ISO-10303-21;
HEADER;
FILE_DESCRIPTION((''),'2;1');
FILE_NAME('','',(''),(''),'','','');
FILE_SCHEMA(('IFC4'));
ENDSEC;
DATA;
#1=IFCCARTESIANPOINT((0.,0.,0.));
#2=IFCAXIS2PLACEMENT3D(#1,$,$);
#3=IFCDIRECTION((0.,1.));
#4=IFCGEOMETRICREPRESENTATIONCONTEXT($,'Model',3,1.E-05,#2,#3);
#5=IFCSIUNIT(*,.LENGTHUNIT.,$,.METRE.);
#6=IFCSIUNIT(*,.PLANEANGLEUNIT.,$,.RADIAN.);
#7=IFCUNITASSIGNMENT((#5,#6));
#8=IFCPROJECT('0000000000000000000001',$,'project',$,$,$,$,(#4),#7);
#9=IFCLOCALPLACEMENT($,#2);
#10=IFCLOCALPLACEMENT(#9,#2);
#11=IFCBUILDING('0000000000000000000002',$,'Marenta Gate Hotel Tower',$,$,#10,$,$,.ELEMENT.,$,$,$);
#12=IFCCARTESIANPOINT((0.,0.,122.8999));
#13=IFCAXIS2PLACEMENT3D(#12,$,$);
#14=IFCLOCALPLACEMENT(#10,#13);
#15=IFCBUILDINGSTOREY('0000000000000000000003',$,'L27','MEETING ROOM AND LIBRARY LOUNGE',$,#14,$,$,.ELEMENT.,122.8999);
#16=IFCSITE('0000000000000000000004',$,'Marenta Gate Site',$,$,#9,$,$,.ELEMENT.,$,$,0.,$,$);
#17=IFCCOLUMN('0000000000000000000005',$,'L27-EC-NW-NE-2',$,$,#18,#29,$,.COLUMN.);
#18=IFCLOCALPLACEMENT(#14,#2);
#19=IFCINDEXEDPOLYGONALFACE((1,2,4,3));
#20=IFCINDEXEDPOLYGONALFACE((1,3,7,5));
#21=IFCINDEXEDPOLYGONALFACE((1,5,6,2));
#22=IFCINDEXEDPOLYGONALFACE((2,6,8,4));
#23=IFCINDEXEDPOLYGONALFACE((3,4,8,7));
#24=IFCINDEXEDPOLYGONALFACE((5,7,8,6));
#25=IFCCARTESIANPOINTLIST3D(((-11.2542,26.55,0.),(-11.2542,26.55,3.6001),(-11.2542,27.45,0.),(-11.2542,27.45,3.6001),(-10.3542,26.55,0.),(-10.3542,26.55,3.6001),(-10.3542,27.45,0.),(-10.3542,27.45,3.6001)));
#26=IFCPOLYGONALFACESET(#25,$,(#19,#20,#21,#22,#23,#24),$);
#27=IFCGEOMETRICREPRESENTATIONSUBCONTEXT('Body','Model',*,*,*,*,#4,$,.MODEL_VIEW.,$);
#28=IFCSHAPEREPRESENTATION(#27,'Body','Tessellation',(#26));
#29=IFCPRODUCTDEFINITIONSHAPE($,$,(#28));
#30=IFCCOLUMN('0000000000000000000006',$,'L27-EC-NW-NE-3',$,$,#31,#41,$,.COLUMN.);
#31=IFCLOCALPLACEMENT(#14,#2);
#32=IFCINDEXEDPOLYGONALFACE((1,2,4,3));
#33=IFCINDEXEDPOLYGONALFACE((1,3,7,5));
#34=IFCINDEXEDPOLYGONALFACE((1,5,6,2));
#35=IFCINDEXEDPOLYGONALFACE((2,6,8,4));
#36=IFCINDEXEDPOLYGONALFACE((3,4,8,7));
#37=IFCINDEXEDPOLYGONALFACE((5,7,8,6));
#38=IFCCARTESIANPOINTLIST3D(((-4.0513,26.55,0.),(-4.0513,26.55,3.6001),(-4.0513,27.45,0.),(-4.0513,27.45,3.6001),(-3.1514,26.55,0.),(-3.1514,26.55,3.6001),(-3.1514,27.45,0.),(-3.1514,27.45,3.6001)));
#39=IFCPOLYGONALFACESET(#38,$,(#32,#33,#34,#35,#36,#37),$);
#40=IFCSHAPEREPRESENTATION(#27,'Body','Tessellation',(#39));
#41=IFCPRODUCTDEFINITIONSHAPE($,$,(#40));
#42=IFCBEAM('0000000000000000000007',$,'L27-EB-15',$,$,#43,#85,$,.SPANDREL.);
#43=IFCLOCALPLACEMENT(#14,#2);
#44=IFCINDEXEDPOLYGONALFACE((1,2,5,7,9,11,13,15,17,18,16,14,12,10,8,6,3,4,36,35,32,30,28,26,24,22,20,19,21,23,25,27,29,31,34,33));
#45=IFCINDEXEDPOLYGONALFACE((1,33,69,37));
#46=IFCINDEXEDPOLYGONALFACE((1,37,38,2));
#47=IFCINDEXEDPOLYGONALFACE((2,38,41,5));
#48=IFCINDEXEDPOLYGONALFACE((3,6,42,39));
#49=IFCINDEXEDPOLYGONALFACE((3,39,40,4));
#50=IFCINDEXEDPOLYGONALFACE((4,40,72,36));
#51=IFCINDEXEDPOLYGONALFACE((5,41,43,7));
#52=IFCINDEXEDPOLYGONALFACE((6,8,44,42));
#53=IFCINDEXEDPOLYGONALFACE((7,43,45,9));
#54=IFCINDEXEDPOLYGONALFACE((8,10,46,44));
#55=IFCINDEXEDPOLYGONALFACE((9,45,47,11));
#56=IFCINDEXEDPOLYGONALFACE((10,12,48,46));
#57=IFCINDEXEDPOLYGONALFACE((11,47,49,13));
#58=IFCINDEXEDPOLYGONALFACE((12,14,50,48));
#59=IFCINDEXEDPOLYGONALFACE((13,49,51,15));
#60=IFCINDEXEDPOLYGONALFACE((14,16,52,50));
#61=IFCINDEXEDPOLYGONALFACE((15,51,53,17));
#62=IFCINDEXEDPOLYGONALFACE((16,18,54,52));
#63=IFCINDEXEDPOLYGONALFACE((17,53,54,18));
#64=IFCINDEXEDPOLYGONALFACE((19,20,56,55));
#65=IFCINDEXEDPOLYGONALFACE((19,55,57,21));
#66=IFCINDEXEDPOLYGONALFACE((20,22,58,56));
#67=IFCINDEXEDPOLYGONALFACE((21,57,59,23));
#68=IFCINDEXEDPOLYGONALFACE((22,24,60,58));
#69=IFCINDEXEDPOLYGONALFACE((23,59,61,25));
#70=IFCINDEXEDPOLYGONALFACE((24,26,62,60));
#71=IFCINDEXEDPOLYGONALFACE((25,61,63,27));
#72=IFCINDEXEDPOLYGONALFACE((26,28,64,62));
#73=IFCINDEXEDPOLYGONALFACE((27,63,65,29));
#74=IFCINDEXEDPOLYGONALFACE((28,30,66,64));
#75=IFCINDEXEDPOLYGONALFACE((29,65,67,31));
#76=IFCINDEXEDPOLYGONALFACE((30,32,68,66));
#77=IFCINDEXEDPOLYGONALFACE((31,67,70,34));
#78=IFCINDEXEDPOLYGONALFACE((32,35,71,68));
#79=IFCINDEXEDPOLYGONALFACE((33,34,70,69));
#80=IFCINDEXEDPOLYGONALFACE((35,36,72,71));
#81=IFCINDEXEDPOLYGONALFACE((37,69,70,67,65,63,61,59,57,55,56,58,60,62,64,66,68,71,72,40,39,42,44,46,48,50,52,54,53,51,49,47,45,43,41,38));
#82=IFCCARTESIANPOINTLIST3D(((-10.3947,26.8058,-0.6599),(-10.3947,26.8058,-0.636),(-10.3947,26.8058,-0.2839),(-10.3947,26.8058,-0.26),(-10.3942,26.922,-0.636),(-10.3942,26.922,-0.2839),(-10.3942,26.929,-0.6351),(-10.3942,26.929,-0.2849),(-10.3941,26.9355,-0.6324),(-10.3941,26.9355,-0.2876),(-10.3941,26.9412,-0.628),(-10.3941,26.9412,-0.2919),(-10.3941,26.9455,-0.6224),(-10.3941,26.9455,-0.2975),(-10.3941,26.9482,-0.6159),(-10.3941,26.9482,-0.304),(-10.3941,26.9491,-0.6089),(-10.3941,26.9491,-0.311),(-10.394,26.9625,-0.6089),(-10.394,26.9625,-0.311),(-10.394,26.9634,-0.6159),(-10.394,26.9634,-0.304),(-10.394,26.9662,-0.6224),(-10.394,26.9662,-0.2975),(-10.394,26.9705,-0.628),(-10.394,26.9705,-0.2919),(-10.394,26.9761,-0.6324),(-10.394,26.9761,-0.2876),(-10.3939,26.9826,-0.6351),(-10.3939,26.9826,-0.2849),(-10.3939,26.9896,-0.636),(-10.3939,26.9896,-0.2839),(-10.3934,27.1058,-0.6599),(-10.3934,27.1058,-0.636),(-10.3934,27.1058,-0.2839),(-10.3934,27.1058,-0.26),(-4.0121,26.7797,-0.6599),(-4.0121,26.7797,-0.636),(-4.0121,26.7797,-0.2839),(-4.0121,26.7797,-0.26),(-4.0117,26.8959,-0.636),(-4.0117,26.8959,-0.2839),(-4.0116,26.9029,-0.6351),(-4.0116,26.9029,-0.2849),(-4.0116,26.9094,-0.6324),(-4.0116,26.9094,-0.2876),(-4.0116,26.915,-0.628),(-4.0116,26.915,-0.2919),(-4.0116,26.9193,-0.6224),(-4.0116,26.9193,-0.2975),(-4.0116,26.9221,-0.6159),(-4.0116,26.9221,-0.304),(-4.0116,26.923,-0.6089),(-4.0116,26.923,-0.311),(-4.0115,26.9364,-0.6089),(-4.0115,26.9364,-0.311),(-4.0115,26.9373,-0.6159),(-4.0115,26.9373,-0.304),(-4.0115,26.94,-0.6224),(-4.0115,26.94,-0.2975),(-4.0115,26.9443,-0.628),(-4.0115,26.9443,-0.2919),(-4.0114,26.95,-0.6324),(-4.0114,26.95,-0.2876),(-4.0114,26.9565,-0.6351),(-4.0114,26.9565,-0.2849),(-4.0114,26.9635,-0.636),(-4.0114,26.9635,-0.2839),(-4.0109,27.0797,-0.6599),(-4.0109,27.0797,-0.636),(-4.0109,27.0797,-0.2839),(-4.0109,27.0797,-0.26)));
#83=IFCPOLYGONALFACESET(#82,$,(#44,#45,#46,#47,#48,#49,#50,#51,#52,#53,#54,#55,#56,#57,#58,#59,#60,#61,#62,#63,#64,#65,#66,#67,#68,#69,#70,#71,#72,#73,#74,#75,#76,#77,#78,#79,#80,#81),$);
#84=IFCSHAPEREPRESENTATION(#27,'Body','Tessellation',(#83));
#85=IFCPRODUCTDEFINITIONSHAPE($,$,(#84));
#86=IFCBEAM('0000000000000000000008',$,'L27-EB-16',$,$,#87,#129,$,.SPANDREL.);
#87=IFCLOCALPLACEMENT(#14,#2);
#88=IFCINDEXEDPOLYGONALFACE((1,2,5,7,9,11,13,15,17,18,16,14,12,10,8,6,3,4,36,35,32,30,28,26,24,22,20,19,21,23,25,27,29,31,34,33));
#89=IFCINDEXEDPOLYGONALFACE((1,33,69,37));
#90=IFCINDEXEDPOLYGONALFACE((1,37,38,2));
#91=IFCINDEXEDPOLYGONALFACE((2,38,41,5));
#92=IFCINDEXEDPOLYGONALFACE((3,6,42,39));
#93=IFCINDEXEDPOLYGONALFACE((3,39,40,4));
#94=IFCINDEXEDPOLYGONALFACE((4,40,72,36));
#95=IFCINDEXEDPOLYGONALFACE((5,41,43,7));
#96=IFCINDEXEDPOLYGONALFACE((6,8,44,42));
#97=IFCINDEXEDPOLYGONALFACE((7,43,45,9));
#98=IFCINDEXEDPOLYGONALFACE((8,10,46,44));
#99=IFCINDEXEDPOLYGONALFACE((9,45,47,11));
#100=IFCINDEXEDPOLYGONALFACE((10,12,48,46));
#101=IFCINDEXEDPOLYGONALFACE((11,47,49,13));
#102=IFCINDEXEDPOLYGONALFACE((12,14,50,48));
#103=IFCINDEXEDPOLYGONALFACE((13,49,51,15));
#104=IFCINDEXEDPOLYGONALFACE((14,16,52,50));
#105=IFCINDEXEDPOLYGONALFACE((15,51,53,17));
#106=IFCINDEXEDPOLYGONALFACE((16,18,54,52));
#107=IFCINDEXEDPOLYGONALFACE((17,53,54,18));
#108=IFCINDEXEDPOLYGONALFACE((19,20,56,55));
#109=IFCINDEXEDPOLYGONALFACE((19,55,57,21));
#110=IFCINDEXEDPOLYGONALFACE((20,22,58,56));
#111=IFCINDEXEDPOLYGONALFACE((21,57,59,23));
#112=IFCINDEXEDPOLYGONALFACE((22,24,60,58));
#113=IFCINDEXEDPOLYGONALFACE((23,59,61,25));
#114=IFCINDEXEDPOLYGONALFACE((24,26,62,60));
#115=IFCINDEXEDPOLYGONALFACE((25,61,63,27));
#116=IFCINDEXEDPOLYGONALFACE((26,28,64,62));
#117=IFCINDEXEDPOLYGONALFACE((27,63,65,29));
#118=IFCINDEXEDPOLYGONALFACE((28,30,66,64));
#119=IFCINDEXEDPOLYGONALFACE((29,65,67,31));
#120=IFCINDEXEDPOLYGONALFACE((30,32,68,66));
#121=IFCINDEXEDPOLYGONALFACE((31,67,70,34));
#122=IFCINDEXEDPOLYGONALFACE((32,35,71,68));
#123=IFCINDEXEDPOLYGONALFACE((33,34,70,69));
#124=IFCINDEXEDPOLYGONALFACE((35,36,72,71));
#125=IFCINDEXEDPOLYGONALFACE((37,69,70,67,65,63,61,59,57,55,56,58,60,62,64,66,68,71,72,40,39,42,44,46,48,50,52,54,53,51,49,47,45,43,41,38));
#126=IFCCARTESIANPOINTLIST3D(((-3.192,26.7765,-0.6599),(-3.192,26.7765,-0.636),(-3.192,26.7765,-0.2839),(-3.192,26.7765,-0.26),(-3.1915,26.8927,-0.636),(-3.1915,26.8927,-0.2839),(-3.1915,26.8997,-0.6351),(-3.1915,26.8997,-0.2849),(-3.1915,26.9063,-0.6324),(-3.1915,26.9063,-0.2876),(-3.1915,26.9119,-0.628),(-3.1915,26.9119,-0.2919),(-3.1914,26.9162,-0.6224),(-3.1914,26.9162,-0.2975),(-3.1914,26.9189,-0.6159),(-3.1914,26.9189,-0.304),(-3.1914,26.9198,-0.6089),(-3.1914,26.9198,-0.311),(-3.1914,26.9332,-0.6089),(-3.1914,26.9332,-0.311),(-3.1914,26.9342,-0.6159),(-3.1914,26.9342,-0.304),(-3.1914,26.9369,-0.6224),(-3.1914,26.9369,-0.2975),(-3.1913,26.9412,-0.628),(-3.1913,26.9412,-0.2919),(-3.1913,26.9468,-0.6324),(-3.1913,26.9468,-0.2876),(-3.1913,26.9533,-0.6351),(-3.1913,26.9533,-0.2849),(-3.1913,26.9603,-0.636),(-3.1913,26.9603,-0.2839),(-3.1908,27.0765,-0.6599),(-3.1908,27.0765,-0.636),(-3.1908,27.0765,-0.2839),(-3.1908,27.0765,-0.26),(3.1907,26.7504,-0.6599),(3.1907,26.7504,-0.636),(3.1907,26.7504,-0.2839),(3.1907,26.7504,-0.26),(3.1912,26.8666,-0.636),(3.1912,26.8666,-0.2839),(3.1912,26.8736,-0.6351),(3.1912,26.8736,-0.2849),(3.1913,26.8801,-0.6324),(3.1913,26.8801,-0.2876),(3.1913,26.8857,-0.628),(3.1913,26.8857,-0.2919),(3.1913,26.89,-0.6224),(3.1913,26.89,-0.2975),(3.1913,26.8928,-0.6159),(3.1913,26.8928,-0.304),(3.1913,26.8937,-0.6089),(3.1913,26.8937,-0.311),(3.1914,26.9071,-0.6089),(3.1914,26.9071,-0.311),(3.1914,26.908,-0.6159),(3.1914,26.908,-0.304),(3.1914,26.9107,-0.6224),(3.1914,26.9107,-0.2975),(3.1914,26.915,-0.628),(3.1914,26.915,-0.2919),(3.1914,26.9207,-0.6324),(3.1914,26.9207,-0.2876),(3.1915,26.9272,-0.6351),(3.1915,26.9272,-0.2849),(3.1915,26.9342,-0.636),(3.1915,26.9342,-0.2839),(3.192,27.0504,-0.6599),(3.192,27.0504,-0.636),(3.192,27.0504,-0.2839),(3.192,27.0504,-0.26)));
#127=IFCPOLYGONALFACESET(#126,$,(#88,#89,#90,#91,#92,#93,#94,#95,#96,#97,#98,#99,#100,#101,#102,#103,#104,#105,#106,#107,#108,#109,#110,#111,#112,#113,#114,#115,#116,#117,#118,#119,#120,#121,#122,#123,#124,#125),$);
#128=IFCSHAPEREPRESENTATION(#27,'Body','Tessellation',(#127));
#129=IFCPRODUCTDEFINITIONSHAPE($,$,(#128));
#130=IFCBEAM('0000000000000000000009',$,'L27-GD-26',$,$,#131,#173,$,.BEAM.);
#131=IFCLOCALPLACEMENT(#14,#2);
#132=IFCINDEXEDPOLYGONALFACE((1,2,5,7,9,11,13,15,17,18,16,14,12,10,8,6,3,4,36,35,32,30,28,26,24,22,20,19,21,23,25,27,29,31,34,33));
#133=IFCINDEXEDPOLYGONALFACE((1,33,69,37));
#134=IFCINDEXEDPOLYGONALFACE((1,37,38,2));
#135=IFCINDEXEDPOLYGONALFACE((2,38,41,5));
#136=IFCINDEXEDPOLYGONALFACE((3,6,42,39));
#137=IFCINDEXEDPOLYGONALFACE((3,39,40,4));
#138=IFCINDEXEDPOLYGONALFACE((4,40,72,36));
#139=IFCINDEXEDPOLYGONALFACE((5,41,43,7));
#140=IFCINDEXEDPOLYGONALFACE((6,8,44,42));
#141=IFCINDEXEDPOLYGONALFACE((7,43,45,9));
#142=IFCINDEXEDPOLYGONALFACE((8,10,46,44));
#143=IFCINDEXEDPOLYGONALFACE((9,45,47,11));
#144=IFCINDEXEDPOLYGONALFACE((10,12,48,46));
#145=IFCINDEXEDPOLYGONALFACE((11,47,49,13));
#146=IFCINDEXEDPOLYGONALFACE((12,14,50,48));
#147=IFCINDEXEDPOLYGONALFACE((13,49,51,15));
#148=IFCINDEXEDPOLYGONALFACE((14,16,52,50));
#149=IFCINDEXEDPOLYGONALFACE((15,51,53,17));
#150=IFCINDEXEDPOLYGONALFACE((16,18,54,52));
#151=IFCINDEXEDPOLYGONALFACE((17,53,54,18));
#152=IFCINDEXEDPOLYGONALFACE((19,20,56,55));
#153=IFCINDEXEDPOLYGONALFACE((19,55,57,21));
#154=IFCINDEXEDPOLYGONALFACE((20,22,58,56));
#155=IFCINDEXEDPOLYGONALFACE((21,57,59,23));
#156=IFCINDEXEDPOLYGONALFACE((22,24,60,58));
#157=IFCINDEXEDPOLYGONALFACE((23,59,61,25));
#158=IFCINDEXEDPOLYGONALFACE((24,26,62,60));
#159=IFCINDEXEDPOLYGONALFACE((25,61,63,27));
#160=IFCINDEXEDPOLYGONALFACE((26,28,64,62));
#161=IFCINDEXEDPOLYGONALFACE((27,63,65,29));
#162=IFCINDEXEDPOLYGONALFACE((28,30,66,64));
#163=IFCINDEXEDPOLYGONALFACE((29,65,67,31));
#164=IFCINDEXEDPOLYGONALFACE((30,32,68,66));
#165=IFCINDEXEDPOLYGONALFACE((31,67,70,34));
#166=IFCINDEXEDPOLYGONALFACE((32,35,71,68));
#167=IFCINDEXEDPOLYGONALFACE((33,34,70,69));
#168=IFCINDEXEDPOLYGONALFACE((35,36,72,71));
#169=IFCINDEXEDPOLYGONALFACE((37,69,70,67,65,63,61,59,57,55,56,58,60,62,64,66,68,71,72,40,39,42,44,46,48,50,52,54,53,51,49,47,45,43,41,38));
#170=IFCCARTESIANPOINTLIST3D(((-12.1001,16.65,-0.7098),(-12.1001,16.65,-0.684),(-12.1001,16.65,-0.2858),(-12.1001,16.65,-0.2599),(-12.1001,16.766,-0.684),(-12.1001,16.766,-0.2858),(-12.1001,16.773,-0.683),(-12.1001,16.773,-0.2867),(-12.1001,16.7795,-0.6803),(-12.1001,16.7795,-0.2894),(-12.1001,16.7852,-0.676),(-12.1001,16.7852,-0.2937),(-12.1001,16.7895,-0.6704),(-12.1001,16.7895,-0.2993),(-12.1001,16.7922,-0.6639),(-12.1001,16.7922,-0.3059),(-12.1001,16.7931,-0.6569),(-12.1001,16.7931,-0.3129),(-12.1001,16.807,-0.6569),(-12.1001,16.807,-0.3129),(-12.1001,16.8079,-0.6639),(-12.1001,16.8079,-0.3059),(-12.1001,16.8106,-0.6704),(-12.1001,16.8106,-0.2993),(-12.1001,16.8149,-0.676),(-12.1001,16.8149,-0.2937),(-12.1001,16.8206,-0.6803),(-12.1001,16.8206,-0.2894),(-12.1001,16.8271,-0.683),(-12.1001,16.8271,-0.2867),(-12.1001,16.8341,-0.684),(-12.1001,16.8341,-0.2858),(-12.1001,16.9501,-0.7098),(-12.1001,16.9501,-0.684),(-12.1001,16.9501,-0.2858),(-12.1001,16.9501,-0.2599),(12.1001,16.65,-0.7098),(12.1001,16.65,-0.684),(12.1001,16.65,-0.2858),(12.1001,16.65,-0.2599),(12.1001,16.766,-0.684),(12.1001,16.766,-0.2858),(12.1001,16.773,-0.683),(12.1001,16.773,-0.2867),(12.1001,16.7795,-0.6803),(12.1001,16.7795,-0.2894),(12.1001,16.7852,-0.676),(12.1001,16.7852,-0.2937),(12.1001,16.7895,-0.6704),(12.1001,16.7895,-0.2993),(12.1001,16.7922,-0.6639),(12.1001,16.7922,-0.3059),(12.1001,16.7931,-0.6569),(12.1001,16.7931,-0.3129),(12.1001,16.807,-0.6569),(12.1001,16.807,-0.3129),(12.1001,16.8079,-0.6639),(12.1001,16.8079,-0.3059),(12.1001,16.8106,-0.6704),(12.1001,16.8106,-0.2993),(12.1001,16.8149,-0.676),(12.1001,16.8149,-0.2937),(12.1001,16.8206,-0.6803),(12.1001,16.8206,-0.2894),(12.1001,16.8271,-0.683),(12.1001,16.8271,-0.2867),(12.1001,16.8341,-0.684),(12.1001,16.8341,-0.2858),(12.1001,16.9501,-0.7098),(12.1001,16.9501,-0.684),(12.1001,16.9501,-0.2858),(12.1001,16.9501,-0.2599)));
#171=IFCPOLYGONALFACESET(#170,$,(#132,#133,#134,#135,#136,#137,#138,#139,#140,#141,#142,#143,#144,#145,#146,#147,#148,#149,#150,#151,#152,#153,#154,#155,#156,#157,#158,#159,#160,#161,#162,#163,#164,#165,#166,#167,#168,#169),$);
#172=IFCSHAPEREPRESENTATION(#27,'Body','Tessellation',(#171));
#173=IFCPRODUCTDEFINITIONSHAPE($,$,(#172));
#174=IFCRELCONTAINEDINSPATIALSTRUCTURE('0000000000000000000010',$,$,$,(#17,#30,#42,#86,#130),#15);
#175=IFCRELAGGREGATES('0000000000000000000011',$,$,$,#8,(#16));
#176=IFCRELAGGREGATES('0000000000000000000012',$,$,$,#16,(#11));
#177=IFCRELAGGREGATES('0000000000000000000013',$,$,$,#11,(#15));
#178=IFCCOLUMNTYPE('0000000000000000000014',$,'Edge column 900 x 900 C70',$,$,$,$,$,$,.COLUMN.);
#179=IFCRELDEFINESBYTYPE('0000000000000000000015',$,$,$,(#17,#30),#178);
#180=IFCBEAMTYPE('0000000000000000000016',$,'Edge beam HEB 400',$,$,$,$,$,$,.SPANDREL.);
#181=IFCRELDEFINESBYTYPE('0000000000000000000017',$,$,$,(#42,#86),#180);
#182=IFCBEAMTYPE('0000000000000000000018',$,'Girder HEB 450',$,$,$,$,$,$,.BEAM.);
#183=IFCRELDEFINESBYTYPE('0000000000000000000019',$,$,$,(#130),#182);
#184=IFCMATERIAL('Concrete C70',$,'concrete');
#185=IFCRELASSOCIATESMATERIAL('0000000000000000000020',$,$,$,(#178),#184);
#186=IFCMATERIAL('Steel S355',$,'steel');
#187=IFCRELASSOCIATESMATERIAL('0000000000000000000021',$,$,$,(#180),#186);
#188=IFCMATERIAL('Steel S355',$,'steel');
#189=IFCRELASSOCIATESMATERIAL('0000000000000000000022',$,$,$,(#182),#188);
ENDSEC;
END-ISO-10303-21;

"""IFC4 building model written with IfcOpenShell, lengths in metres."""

from ifc_helpers import new_model, si_unit, direction, frame, origin, origin_2d, place, context, subcontext, project, spatial, rectangle, i_section, extrude, material, material_profile, profile_set, type_object, element, save


model = new_model("IFC4")

# Units and contexts
model_context = context("Model", 3, precision=1e-05, world=origin(), true_north=direction((0.0, 1.0)))
body_context = subcontext(model_context, "Body", "Model", "MODEL_VIEW")
ifc_project = project(units=[si_unit("LENGTHUNIT", "METRE"), si_unit("PLANEANGLEUNIT", "RADIAN")], contexts=[model_context])

# Site, building, storey
site_placement = place(None, origin())
site = spatial("IfcSite", under=ifc_project, at=site_placement, Name="Marenta Gate Site", CompositionType="ELEMENT", RefElevation=0.0)
building_placement = place(site_placement, origin())
building = spatial("IfcBuilding", under=site, at=building_placement, Name="Marenta Gate Hotel Tower", CompositionType="ELEMENT")
storey_placement = place(building_placement, frame((0.0, 0.0, 122.8999)))
storey = spatial("IfcBuildingStorey", under=building, at=storey_placement, Name="L27", Description="MEETING ROOM AND LIBRARY LOUNGE", CompositionType="ELEMENT", Elevation=122.8999)

# Columns
ifc_material_1 = material(Name="Concrete C70", Category="concrete")
ifc_material_profile_1 = material_profile(ifc_material_1, rectangle(XDim=0.8999, YDim=0.8999, at=origin_2d()), Name="900 x 900")
ifc_profile_set_1 = profile_set([ifc_material_profile_1], Name="Concrete C70")
column_type = type_object("IfcColumnType", Name="Edge column 900 x 900 C70", PredefinedType="COLUMN", material=ifc_profile_set_1)
for number, where, z_axis, x_axis, name in (
    (1, (-10.8042, 27.0, 0.0), (0.0, 0.0, 1.0), (1.0, 0.0, 0.0), "L27-EC-NW-NE-2"),
    (2, (-3.6013, 27.0, 0.0), (0.0, 0.0, 1.0), (1.0, 0.0, 0.0), "L27-EC-NW-NE-3"),
):
    element("IfcColumn", number, at=place(storey_placement, frame(where, z_axis=z_axis, x_axis=x_axis)), inside=storey, type_object=column_type, Name=name, PredefinedType="COLUMN", context=body_context, shape_type="SweptSolid", body=[
        extrude(rectangle(XDim=0.8999, YDim=0.8999, at=origin_2d()), origin(), (0.0, 0.0, 1.0), 3.6001),
    ])

# Beams
ifc_material_2 = material(Name="Steel S355", Category="steel")
ifc_material_profile_2 = material_profile(ifc_material_2, i_section(OverallWidth=0.3, OverallDepth=0.3999, WebThickness=0.0134, FlangeThickness=0.0239, FilletRadius=0.0271, at=origin_2d()), Name="HEB 400")
ifc_profile_set_2 = profile_set([ifc_material_profile_2], Name="Steel S355")
beam_type_1 = type_object("IfcBeamType", Name="Edge beam HEB 400", PredefinedType="SPANDREL", material=ifc_profile_set_2)
beam_1_placement = place(storey_placement, frame((-10.394, 26.9558, -0.46), z_axis=(0.999992, -0.004093, 0.0), x_axis=(0.004093, 0.999992, 0.0)))
element("IfcBeam", 3, at=beam_1_placement, inside=storey, type_object=beam_type_1, Name="L27-EB-15", PredefinedType="SPANDREL", context=body_context, shape_type="SweptSolid", body=[
    extrude(i_section(OverallWidth=0.3, OverallDepth=0.3999, WebThickness=0.0134, FlangeThickness=0.0239, FilletRadius=0.0271, at=origin_2d()), origin(), (0.0, 0.0, 1.0), 6.3826),
])
beam_2_placement = place(storey_placement, frame((-3.1914, 26.9265, -0.46), z_axis=(0.999992, -0.004093, 0.0), x_axis=(0.004093, 0.999992, 0.0)))
element("IfcBeam", 4, at=beam_2_placement, inside=storey, type_object=beam_type_1, Name="L27-EB-16", PredefinedType="SPANDREL", context=body_context, shape_type="SweptSolid", body=[
    extrude(i_section(OverallWidth=0.3, OverallDepth=0.3999, WebThickness=0.0134, FlangeThickness=0.0239, FilletRadius=0.0271, at=origin_2d()), origin(), (0.0, 0.0, 1.0), 6.3828),
])
ifc_material_3 = material(Name="Steel S355", Category="steel")
ifc_material_profile_3 = material_profile(ifc_material_3, i_section(OverallWidth=0.3, OverallDepth=0.45, WebThickness=0.0139, FlangeThickness=0.0259, FilletRadius=0.0271, at=origin_2d()), Name="HEB 450")
ifc_profile_set_3 = profile_set([ifc_material_profile_3], Name="Steel S355")
beam_type_2 = type_object("IfcBeamType", Name="Girder HEB 450", PredefinedType="BEAM", material=ifc_profile_set_3)
beam_3_placement = place(storey_placement, frame((-12.1001, 16.8, -0.4849), z_axis=(1.0, 0.0, 0.0), x_axis=(0.0, 1.0, 0.0)))
element("IfcBeam", 5, at=beam_3_placement, inside=storey, type_object=beam_type_2, Name="L27-GD-26", PredefinedType="BEAM", context=body_context, shape_type="SweptSolid", body=[
    extrude(i_section(OverallWidth=0.3, OverallDepth=0.45, WebThickness=0.0139, FlangeThickness=0.0259, FilletRadius=0.0271, at=origin_2d()), origin(), (0.0, 0.0, 1.0), 24.2002),
])

save(model, "model.ifc")
